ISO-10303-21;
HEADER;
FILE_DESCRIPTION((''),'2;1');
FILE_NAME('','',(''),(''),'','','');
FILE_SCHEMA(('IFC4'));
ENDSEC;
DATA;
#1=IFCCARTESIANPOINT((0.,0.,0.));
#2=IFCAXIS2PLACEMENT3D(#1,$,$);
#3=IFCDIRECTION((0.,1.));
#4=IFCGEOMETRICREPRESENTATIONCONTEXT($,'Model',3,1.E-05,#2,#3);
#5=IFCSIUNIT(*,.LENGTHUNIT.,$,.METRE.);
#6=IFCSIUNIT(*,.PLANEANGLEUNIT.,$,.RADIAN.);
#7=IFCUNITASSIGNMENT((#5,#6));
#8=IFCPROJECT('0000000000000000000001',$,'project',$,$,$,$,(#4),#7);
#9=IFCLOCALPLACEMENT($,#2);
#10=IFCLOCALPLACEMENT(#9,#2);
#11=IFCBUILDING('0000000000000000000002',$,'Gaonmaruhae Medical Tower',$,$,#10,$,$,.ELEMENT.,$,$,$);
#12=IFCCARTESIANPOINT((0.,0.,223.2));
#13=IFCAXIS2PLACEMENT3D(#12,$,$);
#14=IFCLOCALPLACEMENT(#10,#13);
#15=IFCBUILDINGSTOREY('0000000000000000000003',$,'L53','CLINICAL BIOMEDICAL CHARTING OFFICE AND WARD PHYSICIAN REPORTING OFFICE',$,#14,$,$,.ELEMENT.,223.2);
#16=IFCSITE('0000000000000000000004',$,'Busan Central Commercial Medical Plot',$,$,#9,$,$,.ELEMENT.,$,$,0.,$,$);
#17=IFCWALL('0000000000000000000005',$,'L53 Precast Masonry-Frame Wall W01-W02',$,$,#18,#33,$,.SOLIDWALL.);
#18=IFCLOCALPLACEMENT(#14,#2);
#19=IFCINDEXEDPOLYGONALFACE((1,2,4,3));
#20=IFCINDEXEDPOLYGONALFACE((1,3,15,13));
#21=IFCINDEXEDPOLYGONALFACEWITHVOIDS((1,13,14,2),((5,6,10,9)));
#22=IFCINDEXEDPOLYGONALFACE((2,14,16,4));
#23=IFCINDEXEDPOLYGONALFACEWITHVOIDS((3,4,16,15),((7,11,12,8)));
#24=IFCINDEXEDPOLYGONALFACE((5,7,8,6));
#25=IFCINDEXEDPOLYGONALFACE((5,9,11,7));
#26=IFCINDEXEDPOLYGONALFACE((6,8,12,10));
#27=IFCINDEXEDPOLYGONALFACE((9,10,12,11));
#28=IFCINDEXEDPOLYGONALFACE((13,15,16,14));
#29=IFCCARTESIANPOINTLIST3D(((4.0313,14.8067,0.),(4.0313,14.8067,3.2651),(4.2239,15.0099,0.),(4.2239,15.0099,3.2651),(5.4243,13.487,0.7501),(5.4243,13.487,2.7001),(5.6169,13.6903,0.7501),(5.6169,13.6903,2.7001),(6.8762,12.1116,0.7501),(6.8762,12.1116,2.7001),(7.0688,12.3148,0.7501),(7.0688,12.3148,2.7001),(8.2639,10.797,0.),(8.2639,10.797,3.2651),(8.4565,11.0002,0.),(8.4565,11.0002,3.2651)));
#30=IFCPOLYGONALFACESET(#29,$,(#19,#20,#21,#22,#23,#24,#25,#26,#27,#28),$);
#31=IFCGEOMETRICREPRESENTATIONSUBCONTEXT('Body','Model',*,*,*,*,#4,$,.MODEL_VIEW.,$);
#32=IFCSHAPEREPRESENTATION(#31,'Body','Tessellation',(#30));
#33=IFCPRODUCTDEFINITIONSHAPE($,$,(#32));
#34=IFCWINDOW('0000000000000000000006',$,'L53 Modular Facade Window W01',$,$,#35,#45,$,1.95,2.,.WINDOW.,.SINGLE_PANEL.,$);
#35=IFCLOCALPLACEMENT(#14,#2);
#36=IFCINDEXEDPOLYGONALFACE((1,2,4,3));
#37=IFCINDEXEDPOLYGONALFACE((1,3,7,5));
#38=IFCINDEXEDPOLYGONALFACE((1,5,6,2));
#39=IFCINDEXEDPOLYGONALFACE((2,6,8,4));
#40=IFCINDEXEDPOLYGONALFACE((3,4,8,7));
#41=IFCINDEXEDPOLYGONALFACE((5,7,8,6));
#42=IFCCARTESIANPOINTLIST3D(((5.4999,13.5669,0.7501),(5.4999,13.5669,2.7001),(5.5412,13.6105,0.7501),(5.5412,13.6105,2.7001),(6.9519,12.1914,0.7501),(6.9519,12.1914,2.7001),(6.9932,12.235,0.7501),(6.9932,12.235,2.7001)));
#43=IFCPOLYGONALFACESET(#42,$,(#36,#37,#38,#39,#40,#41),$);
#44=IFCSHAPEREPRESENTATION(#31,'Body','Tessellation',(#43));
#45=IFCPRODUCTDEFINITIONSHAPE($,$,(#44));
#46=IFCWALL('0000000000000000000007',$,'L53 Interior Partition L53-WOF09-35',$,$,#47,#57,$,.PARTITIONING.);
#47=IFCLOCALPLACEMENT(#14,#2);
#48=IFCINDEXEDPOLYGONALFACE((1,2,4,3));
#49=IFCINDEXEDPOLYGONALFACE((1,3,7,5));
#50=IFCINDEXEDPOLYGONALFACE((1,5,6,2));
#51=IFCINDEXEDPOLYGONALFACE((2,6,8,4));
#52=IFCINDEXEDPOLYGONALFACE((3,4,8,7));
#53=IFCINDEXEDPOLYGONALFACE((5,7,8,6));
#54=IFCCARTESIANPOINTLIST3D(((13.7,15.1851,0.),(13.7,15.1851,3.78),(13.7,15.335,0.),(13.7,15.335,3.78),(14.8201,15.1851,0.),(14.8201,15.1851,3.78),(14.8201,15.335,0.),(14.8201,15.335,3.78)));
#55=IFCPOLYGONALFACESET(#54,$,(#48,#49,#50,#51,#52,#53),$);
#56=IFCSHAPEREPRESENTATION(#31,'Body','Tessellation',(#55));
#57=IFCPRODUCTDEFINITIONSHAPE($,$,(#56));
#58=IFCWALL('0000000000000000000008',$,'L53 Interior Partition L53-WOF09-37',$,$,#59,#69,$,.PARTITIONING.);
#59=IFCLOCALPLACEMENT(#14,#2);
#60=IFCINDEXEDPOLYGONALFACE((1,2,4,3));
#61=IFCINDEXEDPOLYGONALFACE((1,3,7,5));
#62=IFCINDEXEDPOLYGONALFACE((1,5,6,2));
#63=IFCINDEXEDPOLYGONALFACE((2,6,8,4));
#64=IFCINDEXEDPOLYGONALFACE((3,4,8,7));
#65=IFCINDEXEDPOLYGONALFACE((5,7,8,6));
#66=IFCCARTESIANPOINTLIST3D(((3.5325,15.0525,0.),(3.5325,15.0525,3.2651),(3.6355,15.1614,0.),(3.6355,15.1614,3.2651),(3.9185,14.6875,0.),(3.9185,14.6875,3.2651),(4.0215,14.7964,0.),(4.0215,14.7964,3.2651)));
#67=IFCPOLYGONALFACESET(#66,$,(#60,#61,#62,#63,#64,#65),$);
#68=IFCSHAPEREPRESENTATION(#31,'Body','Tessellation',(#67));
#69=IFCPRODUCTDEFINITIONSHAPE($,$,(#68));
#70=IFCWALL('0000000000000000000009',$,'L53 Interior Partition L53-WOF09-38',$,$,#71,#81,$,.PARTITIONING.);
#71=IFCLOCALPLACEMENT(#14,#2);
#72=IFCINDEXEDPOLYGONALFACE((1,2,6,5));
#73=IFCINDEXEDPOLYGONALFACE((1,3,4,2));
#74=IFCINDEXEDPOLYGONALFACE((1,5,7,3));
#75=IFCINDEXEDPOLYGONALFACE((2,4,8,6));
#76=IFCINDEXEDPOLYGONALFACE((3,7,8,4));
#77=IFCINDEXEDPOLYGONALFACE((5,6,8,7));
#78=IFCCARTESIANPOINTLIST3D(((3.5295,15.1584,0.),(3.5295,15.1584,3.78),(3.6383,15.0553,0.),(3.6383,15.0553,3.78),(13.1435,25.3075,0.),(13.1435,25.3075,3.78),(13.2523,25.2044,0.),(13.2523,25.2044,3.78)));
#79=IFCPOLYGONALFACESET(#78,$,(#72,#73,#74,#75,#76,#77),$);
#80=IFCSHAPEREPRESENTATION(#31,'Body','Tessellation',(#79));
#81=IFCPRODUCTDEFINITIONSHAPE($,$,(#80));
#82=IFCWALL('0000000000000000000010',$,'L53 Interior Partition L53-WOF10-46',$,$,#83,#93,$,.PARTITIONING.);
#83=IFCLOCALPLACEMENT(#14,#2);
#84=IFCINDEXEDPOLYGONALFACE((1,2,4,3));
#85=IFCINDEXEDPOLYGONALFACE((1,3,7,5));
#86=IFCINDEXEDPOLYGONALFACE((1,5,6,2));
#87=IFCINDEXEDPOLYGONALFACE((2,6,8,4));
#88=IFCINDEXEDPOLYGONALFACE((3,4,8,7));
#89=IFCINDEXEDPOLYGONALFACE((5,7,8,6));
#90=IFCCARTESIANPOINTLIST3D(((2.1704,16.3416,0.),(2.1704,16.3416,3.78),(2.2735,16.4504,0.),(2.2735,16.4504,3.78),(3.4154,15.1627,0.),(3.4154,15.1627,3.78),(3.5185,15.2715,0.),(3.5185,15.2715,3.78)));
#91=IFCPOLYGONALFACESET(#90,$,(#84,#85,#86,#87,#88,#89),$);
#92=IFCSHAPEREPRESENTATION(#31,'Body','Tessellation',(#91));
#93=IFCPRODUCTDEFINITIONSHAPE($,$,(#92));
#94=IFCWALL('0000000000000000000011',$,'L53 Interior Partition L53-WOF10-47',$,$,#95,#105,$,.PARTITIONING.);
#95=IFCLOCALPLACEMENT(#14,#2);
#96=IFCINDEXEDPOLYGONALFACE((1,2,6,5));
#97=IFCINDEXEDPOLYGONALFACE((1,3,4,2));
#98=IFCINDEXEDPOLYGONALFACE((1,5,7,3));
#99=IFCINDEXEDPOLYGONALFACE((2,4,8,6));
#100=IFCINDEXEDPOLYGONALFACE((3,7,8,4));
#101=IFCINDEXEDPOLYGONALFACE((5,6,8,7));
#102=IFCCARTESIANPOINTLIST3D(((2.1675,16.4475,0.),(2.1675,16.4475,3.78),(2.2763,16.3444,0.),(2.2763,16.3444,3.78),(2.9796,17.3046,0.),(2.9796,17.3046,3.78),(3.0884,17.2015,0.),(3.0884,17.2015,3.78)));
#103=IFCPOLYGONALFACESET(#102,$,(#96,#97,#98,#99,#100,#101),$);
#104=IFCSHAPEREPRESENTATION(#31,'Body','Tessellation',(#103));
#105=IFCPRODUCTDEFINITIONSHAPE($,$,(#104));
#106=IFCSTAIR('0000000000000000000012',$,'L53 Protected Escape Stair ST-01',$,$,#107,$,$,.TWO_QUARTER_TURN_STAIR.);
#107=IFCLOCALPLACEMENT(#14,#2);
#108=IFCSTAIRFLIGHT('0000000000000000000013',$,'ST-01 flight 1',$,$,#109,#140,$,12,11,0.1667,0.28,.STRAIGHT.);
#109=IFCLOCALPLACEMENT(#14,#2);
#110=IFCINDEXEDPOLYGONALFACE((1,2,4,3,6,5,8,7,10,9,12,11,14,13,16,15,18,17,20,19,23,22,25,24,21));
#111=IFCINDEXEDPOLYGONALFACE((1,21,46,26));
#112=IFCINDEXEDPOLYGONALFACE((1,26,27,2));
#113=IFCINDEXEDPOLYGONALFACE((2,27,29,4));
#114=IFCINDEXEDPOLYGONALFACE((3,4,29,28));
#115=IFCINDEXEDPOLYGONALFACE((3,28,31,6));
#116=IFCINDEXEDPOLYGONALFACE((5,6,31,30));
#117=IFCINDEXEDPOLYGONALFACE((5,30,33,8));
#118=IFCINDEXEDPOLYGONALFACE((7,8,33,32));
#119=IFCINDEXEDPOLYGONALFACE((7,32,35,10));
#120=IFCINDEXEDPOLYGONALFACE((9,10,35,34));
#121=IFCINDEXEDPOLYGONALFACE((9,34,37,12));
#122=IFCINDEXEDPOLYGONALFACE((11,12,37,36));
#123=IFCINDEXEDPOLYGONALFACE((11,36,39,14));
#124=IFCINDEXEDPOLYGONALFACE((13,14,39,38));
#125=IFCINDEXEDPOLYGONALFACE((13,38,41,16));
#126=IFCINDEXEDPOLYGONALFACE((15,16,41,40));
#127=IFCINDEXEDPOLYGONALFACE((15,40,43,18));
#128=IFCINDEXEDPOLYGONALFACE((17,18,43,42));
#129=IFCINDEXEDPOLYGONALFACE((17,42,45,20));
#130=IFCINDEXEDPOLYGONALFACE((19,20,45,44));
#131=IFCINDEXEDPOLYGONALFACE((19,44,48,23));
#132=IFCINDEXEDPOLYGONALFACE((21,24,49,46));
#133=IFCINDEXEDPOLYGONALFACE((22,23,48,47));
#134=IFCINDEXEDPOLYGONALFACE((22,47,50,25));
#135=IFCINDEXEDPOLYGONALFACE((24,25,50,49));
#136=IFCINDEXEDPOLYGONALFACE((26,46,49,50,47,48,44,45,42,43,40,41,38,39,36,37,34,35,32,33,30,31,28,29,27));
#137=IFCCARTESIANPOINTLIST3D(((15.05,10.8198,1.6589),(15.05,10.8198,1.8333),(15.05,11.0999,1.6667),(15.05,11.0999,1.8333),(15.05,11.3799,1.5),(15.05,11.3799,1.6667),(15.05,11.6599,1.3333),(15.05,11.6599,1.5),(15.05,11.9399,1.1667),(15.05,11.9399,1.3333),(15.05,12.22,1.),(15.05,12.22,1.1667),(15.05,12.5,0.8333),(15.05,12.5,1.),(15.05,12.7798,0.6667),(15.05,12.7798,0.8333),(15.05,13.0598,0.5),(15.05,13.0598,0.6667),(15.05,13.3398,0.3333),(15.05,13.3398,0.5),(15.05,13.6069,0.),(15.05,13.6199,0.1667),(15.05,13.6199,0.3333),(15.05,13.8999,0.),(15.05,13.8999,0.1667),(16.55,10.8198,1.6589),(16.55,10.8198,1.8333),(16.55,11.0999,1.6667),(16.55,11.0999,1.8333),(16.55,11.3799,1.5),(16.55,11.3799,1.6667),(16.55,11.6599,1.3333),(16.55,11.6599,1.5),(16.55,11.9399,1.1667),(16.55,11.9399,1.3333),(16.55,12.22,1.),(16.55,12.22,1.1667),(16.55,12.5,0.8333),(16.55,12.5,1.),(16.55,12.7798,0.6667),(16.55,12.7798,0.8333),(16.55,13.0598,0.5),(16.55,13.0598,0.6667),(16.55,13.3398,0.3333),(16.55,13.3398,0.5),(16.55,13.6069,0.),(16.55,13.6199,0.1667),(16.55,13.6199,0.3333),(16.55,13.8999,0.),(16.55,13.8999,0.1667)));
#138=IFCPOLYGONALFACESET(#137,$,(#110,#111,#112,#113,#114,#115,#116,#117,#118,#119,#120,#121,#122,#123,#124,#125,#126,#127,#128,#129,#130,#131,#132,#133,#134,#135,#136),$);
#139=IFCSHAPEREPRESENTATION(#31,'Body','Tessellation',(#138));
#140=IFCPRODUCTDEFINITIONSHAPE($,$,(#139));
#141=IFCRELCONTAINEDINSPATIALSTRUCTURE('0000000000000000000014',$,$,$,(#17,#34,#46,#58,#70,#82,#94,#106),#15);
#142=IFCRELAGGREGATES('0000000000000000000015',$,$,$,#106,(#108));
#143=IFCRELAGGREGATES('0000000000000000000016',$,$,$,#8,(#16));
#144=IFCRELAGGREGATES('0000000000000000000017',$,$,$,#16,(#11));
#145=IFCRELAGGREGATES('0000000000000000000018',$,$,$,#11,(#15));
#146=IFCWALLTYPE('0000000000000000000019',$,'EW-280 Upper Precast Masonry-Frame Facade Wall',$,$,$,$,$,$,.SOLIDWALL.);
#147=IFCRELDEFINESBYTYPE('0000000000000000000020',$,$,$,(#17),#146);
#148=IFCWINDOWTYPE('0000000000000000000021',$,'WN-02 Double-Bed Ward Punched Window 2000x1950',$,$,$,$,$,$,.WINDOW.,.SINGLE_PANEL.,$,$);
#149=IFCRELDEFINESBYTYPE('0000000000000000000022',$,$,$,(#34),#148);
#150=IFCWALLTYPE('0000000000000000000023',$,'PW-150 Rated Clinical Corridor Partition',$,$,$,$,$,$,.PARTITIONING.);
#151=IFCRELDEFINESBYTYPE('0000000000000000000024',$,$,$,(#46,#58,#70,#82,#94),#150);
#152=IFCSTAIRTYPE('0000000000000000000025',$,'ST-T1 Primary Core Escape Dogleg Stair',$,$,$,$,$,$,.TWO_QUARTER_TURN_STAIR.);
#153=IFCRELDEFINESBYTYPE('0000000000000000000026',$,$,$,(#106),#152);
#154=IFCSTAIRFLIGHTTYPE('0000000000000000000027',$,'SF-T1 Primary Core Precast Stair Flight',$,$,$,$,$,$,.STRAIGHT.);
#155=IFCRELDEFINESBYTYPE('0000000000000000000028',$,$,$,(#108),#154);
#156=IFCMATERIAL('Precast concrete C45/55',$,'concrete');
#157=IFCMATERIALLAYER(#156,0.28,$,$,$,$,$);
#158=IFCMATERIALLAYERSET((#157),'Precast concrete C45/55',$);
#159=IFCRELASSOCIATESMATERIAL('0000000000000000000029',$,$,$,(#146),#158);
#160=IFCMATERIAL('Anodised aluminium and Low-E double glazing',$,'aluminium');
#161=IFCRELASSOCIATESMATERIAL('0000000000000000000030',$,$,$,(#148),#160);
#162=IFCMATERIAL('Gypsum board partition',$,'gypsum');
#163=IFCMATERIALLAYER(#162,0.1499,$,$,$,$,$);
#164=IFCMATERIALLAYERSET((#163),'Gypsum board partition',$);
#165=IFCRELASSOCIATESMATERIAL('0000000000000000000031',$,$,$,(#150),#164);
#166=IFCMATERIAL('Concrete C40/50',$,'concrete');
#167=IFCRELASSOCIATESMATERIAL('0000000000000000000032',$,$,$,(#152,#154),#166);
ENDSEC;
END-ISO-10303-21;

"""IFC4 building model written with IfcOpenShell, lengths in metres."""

from ifc_helpers import new_model, si_unit, direction, frame, frame_2d, origin, place, context, subcontext, project, spatial, polyline, rectangle, outline, extrude, material, layer, layer_set, type_object, element, fill, aggregate, save


model = new_model("IFC4")

# Units and contexts
model_context = context("Model", 3, precision=1e-05, world=origin(), true_north=direction((0.0, 1.0)))
body_context = subcontext(model_context, "Body", "Model", "MODEL_VIEW")
ifc_project = project(units=[si_unit("LENGTHUNIT", "METRE"), si_unit("PLANEANGLEUNIT", "RADIAN")], contexts=[model_context])

# Site, building, storey
site_placement = place(None, origin())
site = spatial("IfcSite", under=ifc_project, at=site_placement, Name="Busan Central Commercial Medical Plot", CompositionType="ELEMENT", RefElevation=0.0)
building_placement = place(site_placement, origin())
building = spatial("IfcBuilding", under=site, at=building_placement, Name="Gaonmaruhae Medical Tower", CompositionType="ELEMENT")
storey_placement = place(building_placement, frame((0.0, 0.0, 223.2)))
storey = spatial("IfcBuildingStorey", under=building, at=storey_placement, Name="L53", Description="CLINICAL BIOMEDICAL CHARTING OFFICE AND WARD PHYSICIAN REPORTING OFFICE", CompositionType="ELEMENT", Elevation=223.2)

# Shared definitions
ifc_material_1 = material(Name="Precast concrete C45/55", Category="concrete")
ifc_layer_1 = layer(ifc_material_1, 0.28)
ifc_layer_set_1 = layer_set([ifc_layer_1], Name="Precast concrete C45/55")
wall_type_1 = type_object("IfcWallType", Name="EW-280 Upper Precast Masonry-Frame Facade Wall", PredefinedType="SOLIDWALL", material=ifc_layer_set_1)

# Wall, opening, window
wall_1_placement = place(storey_placement, frame((8.3601, 10.8987, 0.0), z_axis=(0.0, 0.0, 1.0), x_axis=(-0.725964, 0.687733, 0.0)))
wall_1 = element("IfcWall", 1, at=wall_1_placement, inside=storey, type_object=wall_type_1, Name="L53 Precast Masonry-Frame Wall W01-W02", PredefinedType="SOLIDWALL", context=body_context, shape_type="SweptSolid", body=[
    extrude(rectangle(XDim=5.8303, YDim=0.28, at=frame_2d((2.915, 0.0))), origin(), (0.0, 0.0, 1.0), 3.2651),
])
opening_1_placement = place(wall_1_placement, frame((1.9114, 0.0, 0.75)))
opening_1 = element("IfcOpeningElement", 2, at=opening_1_placement, cuts=wall_1, PredefinedType="OPENING", context=body_context, shape_type="SweptSolid", body=[
    extrude(rectangle(XDim=2.0, YDim=1.95, at=frame_2d((1.0, 0.9751))), frame((0.0, 0.1499, 0.0), z_axis=(0.0, -1.0, 0.0), x_axis=(1.0, 0.0, 0.0)), (0.0, 0.0, 1.0), 0.3),
])
ifc_material_2 = material(Name="Anodised aluminium and Low-E double glazing", Category="aluminium")
window_type = type_object("IfcWindowType", Name="WN-02 Double-Bed Ward Punched Window 2000x1950", PartitioningType="SINGLE_PANEL", PredefinedType="WINDOW", material=ifc_material_2)
window_placement = place(opening_1_placement, origin())
window = element("IfcWindow", 3, at=window_placement, inside=storey, type_object=window_type, Name="L53 Modular Facade Window W01", OverallHeight=1.95, OverallWidth=2.0, PartitioningType="SINGLE_PANEL", PredefinedType="WINDOW", context=body_context, shape_type="SweptSolid", body=[
    extrude(rectangle(XDim=2.0, YDim=1.95, at=frame_2d((1.0, 0.9751))), frame((0.0, 0.03, 0.0), z_axis=(0.0, -1.0, 0.0), x_axis=(1.0, 0.0, 0.0)), (0.0, 0.0, 1.0), 0.0601),
])
fill(opening_1, window)

# Walls
ifc_material_3 = material(Name="Gypsum board partition", Category="gypsum")
ifc_layer_2 = layer(ifc_material_3, 0.1499)
ifc_layer_set_2 = layer_set([ifc_layer_2], Name="Gypsum board partition")
wall_type_2 = type_object("IfcWallType", Name="PW-150 Rated Clinical Corridor Partition", PredefinedType="PARTITIONING", material=ifc_layer_set_2)
wall_2_placement = place(storey_placement, frame((14.8201, 15.26, 0.0), z_axis=(0.0, 0.0, 1.0), x_axis=(-1.0, 0.0, 0.0)))
element("IfcWall", 4, at=wall_2_placement, inside=storey, type_object=wall_type_2, Name="L53 Interior Partition L53-WOF09-35", PredefinedType="PARTITIONING", context=body_context, shape_type="SweptSolid", body=[
    extrude(rectangle(XDim=1.1201, YDim=0.1499, at=frame_2d((0.5601, 0.0))), origin(), (0.0, 0.0, 1.0), 3.78),
])
wall_3_placement = place(storey_placement, frame((3.97, 14.7419, 0.0), z_axis=(0.0, 0.0, 1.0), x_axis=(-0.726592, 0.687069, 0.0)))
element("IfcWall", 5, at=wall_3_placement, inside=storey, type_object=wall_type_2, Name="L53 Interior Partition L53-WOF09-37", PredefinedType="PARTITIONING", context=body_context, shape_type="SweptSolid", body=[
    extrude(rectangle(XDim=0.5312, YDim=0.1499, at=frame_2d((0.2656, 0.0))), origin(), (0.0, 0.0, 1.0), 3.2651),
])
wall_4_placement = place(storey_placement, frame((3.584, 15.1069, 0.0), z_axis=(0.0, 0.0, 1.0), x_axis=(0.687707, 0.725988, 0.0)))
element("IfcWall", 6, at=wall_4_placement, inside=storey, type_object=wall_type_2, Name="L53 Interior Partition L53-WOF09-38", PredefinedType="PARTITIONING", context=body_context, shape_type="SweptSolid", body=[
    extrude(rectangle(XDim=13.9797, YDim=0.1499, at=frame_2d((6.9897, 0.0))), origin(), (0.0, 0.0, 1.0), 3.78),
])
wall_5_placement = place(storey_placement, frame((3.467, 15.217, 0.0), z_axis=(0.0, 0.0, 1.0), x_axis=(-0.726136, 0.687551, 0.0)))
element("IfcWall", 7, at=wall_5_placement, inside=storey, type_object=wall_type_2, Name="L53 Interior Partition L53-WOF10-46", PredefinedType="PARTITIONING", context=body_context, shape_type="SweptSolid", body=[
    extrude(rectangle(XDim=1.7146, YDim=0.1499, at=frame_2d((0.8574, 0.0))), origin(), (0.0, 0.0, 1.0), 3.78),
])
wall_6_placement = place(storey_placement, frame((2.2219, 16.396, 0.0), z_axis=(0.0, 0.0, 1.0), x_axis=(0.687825, 0.725877, 0.0)))
element("IfcWall", 8, at=wall_6_placement, inside=storey, type_object=wall_type_2, Name="L53 Interior Partition L53-WOF10-47", PredefinedType="PARTITIONING", context=body_context, shape_type="SweptSolid", body=[
    extrude(rectangle(XDim=1.1807, YDim=0.1499, at=frame_2d((0.5903, 0.0))), origin(), (0.0, 0.0, 1.0), 3.78),
])

# Stair, stair flight
ifc_material_4 = material(Name="Concrete C40/50", Category="concrete")
stair_type = type_object("IfcStairType", Name="ST-T1 Primary Core Escape Dogleg Stair", PredefinedType="TWO_QUARTER_TURN_STAIR", material=ifc_material_4)
stair_placement = place(storey_placement, origin())
stair = element("IfcStair", 9, at=stair_placement, inside=storey, type_object=stair_type, Name="L53 Protected Escape Stair ST-01", PredefinedType="TWO_QUARTER_TURN_STAIR")
stair_flight_type = type_object("IfcStairFlightType", Name="SF-T1 Primary Core Precast Stair Flight", PredefinedType="STRAIGHT", material=ifc_material_4)
stair_flight_placement = place(storey_placement, frame((15.8, 13.8999, 0.0), z_axis=(0.0, 0.0, 1.0), x_axis=(0.0, -1.0, 0.0)))
stair_flight = element("IfcStairFlight", 10, at=stair_flight_placement, type_object=stair_flight_type, Name="ST-01 flight 1", NumberOfRisers=12, NumberOfTreads=11, PredefinedType="STRAIGHT", RiserHeight=0.1667, TreadLength=0.28, context=body_context, shape_type="SweptSolid", body=[
    extrude(outline(polyline([(0.0, 0.0), (0.0, 0.1667), (0.28, 0.1667), (0.28, 0.3333), (0.5601, 0.3333), (0.5601, 0.5), (0.8401, 0.5), (0.8401, 0.6667), (1.1201, 0.6667), (1.1201, 0.8333), (1.3999, 0.8333), (1.3999, 1.0), (1.6799, 1.0), (1.6799, 1.1667), (1.96, 1.1667), (1.96, 1.3333), (2.24, 1.3333), (2.24, 1.5), (2.52, 1.5), (2.52, 1.6667), (2.8, 1.6667), (2.8, 1.8333), (3.0801, 1.8333), (3.0801, 2.0), (3.0801, 1.6589), (0.293, 0.0), (0.0, 0.0)])), frame((0.0, 0.75, 0.0), z_axis=(0.0, -1.0, 0.0), x_axis=(1.0, 0.0, 0.0)), (0.0, 0.0, 1.0), 1.5),
])
aggregate(stair, [stair_flight])

save(model, "model.ifc")
